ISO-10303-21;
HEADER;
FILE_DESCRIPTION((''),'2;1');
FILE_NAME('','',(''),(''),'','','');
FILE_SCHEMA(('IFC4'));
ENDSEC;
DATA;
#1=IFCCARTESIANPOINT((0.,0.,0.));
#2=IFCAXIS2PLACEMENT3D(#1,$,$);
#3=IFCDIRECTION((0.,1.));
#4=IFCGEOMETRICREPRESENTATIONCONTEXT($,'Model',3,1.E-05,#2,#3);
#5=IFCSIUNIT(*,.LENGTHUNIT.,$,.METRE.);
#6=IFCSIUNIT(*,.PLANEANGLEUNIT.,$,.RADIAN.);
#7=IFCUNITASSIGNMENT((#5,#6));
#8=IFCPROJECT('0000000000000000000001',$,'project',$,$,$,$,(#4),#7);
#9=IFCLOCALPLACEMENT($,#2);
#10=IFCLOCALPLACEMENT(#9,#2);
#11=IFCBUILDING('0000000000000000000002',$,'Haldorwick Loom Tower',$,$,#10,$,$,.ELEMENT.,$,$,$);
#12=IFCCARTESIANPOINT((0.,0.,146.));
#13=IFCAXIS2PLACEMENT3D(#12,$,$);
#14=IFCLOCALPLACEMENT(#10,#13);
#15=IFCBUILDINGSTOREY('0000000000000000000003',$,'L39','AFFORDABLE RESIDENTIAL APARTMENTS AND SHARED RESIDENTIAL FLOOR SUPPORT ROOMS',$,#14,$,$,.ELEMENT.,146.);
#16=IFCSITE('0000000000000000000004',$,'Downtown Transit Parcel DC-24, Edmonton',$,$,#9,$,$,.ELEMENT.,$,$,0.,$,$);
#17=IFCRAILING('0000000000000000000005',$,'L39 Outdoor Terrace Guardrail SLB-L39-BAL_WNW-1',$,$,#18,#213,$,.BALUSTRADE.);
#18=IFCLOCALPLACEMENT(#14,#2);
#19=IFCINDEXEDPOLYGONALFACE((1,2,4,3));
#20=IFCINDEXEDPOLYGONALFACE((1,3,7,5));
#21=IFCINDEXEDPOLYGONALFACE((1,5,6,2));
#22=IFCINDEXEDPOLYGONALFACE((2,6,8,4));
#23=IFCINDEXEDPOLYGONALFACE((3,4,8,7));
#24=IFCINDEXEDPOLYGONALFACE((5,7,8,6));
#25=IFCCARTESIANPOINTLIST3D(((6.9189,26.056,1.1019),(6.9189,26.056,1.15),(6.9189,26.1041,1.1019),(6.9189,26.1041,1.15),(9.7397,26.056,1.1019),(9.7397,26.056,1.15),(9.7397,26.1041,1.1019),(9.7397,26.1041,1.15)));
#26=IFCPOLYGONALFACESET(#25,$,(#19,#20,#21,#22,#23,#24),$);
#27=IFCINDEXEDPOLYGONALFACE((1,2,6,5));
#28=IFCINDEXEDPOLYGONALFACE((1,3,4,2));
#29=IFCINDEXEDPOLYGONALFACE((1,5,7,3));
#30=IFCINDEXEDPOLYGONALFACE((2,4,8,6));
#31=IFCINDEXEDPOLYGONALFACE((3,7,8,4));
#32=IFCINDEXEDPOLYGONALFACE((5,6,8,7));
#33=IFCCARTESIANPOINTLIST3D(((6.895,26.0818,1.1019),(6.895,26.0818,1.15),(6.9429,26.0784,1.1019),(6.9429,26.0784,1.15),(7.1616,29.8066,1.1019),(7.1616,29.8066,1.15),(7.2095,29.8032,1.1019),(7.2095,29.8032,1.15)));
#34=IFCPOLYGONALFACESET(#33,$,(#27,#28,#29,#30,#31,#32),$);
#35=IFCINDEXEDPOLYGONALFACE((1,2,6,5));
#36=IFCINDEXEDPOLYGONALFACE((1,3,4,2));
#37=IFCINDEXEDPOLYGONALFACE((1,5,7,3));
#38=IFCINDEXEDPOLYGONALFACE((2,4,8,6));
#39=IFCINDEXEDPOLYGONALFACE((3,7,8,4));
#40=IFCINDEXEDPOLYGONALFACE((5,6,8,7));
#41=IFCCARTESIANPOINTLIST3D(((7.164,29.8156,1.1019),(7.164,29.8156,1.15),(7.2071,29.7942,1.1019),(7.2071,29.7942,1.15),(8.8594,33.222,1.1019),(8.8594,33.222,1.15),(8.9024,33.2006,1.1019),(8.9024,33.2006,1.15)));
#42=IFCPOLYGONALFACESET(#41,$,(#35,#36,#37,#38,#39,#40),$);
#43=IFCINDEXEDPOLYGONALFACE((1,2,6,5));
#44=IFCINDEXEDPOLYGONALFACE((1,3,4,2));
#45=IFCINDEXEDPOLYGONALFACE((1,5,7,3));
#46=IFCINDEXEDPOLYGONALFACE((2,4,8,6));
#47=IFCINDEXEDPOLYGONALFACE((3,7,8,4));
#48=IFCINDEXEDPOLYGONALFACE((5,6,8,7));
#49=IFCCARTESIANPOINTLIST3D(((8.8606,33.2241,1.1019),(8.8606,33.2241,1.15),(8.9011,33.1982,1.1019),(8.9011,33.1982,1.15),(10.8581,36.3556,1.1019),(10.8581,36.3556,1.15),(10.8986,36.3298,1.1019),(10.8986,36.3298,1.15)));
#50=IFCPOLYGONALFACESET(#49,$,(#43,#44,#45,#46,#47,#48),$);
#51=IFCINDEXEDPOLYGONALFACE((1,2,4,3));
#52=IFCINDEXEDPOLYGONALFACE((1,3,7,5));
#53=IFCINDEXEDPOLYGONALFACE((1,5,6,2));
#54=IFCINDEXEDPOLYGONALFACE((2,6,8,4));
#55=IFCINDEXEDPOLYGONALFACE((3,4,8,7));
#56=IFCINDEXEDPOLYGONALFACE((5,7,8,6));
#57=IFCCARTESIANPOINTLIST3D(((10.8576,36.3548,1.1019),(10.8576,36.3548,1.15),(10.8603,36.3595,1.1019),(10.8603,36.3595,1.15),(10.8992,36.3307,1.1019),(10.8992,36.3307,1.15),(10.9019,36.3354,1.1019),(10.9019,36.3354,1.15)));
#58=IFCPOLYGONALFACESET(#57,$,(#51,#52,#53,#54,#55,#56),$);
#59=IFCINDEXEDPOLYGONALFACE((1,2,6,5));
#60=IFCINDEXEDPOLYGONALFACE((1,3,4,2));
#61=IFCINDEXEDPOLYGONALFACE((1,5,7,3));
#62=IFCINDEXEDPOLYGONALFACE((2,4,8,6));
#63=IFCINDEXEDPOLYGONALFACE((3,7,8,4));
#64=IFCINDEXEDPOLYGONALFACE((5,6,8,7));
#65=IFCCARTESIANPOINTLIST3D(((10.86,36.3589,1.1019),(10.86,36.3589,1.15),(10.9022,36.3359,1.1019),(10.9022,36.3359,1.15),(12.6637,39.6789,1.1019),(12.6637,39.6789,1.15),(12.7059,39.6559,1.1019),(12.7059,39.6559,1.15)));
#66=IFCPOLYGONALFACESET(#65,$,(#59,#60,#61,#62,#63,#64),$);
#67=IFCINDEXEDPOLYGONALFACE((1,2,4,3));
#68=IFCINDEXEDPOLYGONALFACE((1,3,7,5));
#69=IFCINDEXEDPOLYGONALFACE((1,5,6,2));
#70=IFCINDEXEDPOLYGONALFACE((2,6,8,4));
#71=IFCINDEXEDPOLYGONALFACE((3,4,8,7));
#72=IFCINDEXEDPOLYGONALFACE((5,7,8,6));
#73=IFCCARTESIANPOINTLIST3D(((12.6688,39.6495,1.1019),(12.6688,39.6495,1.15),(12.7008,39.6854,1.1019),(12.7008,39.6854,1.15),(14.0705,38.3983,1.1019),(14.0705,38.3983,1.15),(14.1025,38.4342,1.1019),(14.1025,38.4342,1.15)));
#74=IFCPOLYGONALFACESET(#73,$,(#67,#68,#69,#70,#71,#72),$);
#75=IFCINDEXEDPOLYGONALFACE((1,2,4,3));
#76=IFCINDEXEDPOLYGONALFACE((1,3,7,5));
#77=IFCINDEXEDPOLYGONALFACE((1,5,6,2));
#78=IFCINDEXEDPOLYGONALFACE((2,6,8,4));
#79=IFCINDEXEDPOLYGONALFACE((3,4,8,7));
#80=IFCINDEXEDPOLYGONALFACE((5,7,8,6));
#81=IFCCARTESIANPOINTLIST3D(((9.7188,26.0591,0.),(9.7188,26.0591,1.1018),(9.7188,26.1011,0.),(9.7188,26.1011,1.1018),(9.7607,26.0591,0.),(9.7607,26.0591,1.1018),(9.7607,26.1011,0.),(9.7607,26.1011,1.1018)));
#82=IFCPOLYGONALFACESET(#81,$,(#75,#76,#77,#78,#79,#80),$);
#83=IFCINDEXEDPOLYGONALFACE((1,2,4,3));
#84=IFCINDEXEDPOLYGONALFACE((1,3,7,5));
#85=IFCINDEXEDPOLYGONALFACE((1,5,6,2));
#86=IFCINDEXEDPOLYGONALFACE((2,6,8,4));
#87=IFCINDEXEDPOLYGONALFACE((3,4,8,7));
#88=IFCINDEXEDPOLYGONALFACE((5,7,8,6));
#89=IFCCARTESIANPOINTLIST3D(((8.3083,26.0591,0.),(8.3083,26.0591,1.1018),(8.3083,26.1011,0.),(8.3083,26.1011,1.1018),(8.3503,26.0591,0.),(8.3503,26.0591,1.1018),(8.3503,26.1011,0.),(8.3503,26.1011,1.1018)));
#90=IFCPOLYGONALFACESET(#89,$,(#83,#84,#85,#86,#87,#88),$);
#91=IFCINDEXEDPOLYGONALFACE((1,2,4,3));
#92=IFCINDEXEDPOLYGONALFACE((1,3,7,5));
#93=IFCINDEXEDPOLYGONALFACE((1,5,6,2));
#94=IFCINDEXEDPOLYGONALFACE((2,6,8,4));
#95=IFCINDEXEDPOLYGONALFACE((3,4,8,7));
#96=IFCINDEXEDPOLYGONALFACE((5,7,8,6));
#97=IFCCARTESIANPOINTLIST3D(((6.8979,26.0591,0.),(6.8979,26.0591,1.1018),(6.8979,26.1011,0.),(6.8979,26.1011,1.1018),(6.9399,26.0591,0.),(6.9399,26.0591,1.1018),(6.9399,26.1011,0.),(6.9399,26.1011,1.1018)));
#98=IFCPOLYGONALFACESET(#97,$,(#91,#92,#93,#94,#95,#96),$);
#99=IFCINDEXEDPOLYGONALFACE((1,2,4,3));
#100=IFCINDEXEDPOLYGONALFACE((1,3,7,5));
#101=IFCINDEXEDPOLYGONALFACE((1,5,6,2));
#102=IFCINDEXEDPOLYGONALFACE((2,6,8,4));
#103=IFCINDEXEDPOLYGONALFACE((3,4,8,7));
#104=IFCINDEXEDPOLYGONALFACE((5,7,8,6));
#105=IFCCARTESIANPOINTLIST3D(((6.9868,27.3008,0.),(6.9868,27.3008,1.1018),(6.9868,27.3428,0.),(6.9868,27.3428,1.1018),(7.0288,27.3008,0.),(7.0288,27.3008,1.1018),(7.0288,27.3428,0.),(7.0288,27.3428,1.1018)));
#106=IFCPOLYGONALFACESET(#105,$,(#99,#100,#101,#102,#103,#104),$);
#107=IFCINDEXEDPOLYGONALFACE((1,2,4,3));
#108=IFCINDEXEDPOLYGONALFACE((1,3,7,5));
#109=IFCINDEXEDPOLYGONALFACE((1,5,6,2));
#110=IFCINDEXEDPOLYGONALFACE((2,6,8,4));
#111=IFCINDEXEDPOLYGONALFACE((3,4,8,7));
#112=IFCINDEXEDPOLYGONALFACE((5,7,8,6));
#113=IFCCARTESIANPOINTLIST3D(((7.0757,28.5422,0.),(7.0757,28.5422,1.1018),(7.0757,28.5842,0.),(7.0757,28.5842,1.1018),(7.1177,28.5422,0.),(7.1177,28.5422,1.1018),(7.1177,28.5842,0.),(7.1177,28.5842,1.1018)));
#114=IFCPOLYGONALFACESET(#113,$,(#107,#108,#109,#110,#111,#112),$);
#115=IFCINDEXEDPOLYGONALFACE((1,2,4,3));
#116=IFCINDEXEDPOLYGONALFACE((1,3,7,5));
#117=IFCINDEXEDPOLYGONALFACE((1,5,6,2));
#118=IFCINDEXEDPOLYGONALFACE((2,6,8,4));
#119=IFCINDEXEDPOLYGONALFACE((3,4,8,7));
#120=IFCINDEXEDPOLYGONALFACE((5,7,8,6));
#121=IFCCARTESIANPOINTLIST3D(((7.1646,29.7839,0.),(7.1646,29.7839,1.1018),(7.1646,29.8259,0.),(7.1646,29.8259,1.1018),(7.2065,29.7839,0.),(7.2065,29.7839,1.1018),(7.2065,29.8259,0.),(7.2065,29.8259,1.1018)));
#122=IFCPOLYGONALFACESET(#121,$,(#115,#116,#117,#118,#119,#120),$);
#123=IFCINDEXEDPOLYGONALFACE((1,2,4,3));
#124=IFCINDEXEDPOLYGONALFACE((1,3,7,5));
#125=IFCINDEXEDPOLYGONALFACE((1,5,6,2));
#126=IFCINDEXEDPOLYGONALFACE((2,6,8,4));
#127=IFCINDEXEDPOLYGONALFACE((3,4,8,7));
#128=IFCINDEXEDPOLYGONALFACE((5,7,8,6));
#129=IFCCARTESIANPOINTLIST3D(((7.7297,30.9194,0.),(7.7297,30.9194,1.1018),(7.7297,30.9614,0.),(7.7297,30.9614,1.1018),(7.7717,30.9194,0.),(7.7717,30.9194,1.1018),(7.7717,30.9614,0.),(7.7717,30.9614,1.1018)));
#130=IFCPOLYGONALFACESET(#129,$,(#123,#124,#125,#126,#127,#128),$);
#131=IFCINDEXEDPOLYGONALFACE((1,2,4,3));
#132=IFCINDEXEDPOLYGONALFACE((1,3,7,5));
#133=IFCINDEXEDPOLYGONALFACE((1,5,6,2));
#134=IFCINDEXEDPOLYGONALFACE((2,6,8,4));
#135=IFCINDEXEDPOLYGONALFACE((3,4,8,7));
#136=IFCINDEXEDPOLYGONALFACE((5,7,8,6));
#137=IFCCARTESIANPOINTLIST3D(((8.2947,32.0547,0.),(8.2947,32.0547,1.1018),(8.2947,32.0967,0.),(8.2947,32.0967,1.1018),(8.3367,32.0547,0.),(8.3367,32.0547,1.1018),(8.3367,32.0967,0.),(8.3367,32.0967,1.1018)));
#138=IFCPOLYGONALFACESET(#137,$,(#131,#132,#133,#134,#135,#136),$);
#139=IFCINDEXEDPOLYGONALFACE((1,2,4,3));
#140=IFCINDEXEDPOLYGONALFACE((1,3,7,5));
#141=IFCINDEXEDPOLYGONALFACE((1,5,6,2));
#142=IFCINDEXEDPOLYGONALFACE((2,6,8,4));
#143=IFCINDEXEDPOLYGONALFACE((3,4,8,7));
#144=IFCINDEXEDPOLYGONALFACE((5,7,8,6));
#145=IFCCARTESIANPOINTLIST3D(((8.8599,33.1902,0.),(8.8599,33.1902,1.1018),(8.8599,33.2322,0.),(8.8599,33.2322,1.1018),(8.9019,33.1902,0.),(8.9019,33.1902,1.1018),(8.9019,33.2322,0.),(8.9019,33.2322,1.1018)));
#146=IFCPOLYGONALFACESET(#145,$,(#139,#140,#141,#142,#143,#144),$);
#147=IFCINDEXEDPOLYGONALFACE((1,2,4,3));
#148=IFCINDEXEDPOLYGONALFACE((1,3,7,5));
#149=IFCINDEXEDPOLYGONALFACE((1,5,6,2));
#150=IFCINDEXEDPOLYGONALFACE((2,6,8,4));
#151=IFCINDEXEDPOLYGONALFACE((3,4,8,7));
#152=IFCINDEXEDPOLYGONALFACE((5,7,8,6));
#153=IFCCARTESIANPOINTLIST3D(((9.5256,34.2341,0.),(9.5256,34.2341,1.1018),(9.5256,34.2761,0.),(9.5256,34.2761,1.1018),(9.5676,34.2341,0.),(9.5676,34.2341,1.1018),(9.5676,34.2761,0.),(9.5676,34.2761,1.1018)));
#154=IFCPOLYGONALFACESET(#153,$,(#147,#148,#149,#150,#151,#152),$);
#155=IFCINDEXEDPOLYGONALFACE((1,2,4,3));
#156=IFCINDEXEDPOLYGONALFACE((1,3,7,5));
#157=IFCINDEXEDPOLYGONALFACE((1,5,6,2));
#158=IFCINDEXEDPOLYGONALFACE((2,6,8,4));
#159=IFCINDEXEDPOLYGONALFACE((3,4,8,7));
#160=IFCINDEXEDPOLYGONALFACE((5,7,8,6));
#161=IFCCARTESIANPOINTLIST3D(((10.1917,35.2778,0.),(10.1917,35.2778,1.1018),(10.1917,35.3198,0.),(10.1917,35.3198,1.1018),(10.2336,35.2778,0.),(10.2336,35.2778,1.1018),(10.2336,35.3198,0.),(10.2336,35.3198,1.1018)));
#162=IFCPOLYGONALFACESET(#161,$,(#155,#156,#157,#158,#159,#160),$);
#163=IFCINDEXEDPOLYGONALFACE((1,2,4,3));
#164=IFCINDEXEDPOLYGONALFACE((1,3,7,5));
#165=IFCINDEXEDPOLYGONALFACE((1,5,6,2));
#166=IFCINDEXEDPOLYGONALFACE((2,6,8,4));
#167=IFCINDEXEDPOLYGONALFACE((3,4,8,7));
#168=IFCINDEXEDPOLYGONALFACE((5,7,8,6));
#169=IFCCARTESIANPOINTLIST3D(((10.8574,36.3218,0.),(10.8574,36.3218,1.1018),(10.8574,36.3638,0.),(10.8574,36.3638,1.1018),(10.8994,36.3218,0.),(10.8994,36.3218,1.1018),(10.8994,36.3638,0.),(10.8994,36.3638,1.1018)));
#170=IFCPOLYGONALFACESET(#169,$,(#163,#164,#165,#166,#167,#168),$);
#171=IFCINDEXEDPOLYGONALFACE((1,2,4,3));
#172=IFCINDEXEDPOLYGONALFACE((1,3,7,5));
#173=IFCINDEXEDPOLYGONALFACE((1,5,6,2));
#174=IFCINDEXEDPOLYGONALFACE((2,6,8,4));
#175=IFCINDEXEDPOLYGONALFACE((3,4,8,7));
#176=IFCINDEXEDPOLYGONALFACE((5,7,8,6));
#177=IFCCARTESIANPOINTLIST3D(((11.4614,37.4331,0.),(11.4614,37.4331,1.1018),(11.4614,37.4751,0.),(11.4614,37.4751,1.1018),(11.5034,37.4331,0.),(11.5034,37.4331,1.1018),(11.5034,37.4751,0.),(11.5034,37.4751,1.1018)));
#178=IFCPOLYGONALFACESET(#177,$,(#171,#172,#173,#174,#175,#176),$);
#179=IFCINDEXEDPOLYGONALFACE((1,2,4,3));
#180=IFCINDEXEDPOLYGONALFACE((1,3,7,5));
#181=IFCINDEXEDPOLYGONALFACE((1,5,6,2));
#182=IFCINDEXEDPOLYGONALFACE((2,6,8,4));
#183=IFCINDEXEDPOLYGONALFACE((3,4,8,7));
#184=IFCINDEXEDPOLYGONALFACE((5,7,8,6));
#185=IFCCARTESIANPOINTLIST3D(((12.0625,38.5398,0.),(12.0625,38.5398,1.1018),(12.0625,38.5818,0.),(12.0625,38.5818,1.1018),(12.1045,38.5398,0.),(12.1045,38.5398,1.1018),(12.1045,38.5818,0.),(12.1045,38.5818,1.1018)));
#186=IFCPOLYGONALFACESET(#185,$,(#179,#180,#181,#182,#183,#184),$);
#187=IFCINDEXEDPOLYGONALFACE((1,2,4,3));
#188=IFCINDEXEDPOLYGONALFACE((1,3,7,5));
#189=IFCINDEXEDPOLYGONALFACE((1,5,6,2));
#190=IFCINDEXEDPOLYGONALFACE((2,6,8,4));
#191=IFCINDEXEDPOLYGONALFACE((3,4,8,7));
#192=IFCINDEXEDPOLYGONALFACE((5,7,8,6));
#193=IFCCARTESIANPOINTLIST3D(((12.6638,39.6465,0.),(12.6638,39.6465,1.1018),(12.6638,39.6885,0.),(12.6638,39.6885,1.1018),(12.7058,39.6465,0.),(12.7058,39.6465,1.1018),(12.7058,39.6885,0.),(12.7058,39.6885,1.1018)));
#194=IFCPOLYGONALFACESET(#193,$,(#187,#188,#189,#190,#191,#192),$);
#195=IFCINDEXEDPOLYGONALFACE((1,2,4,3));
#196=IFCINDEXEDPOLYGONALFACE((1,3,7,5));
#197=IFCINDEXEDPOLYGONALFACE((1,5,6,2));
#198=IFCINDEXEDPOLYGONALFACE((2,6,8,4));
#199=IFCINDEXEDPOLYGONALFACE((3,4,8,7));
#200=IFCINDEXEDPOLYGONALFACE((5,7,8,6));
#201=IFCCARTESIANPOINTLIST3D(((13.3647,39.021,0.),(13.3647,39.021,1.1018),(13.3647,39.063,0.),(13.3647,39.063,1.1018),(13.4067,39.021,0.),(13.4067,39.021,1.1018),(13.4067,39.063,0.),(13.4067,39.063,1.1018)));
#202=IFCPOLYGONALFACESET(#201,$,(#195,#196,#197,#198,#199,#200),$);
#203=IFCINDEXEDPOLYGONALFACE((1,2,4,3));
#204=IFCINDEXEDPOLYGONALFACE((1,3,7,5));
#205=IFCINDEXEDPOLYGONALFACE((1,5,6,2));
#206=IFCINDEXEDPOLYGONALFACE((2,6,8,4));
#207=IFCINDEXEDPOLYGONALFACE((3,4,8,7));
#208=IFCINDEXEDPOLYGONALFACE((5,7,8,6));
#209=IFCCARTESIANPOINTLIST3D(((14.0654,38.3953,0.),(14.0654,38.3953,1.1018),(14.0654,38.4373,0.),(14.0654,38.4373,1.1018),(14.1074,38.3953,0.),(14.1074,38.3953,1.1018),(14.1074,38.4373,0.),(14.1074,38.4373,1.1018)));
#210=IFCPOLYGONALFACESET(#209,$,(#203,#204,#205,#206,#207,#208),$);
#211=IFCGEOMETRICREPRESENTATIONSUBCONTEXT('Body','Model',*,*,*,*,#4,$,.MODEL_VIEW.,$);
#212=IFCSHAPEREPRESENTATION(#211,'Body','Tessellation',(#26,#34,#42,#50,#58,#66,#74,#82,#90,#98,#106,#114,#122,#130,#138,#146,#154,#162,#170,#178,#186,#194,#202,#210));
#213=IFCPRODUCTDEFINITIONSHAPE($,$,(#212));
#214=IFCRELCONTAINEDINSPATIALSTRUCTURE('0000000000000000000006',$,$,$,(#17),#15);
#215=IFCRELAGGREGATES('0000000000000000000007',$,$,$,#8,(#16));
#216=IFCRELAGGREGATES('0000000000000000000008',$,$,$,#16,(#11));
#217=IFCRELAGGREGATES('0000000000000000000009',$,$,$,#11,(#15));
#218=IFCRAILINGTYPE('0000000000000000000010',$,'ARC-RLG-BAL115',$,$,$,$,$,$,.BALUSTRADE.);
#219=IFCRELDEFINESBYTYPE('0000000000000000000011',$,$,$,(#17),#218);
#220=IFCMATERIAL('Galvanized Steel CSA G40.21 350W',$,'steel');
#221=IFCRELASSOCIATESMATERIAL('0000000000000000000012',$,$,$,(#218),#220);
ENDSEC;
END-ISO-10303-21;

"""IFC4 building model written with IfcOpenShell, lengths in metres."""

from ifc_helpers import new_model, si_unit, direction, frame, origin, origin_2d, place, context, subcontext, project, spatial, rectangle, extrude, material, type_object, element, save


model = new_model("IFC4")

# Units and contexts
model_context = context("Model", 3, precision=1e-05, world=origin(), true_north=direction((0.0, 1.0)))
body_context = subcontext(model_context, "Body", "Model", "MODEL_VIEW")
ifc_project = project(units=[si_unit("LENGTHUNIT", "METRE"), si_unit("PLANEANGLEUNIT", "RADIAN")], contexts=[model_context])

# Site, building, storey
site_placement = place(None, origin())
site = spatial("IfcSite", under=ifc_project, at=site_placement, Name="Downtown Transit Parcel DC-24, Edmonton", CompositionType="ELEMENT", RefElevation=0.0)
building_placement = place(site_placement, origin())
building = spatial("IfcBuilding", under=site, at=building_placement, Name="Haldorwick Loom Tower", CompositionType="ELEMENT")
storey_placement = place(building_placement, frame((0.0, 0.0, 146.0)))
storey = spatial("IfcBuildingStorey", under=building, at=storey_placement, Name="L39", Description="AFFORDABLE RESIDENTIAL APARTMENTS AND SHARED RESIDENTIAL FLOOR SUPPORT ROOMS", CompositionType="ELEMENT", Elevation=146.0)

# Railing
ifc_material_1 = material(Name="Galvanized Steel CSA G40.21 350W", Category="steel")
railing_type = type_object("IfcRailingType", Name="ARC-RLG-BAL115", PredefinedType="BALUSTRADE", material=ifc_material_1)
railing_placement = place(storey_placement, frame((9.7397, 26.0801, 0.0)))
element("IfcRailing", 1, at=railing_placement, inside=storey, type_object=railing_type, Name="L39 Outdoor Terrace Guardrail SLB-L39-BAL_WNW-1", PredefinedType="BALUSTRADE", context=body_context, shape_type="SweptSolid", body=[
    extrude(rectangle(XDim=0.0481, YDim=0.0481, at=origin_2d()), frame((0.0, 0.0, 1.126), z_axis=(-1.0, 0.0, 0.0), x_axis=(0.0, -1.0, 0.0)), (0.0, 0.0, 1.0), 2.8208),
    extrude(rectangle(XDim=0.0481, YDim=0.0481, at=origin_2d()), frame((-2.8208, 0.0, 1.126), z_axis=(0.071391, 0.997448, 0.0), x_axis=(-0.997448, 0.071391, 0.0)), (0.0, 0.0, 1.0), 3.7344),
    extrude(rectangle(XDim=0.0481, YDim=0.0481, at=origin_2d()), frame((-2.5542, 3.7249, 1.126), z_axis=(0.44557, 0.895247, 0.0), x_axis=(-0.895247, 0.44557, 0.0)), (0.0, 0.0, 1.0), 3.8049),
    extrude(rectangle(XDim=0.0481, YDim=0.0481, at=origin_2d()), frame((-0.8589, 7.1311, 1.126), z_axis=(0.537781, 0.843085, 0.0), x_axis=(-0.843085, 0.537781, 0.0)), (0.0, 0.0, 1.0), 3.7144),
    extrude(rectangle(XDim=0.0481, YDim=0.0481, at=origin_2d()), frame((1.1387, 10.2627, 1.126), z_axis=(0.501036, 0.865426, 0.0), x_axis=(-0.865426, 0.501036, 0.0)), (0.0, 0.0, 1.0), 0.0054),
    extrude(rectangle(XDim=0.0481, YDim=0.0481, at=origin_2d()), frame((1.1414, 10.2673, 1.126), z_axis=(0.477376, 0.878699, 0.0), x_axis=(-0.878699, 0.477376, 0.0)), (0.0, 0.0, 1.0), 3.7783),
    extrude(rectangle(XDim=0.0481, YDim=0.0481, at=origin_2d()), frame((2.9451, 13.5874, 1.126), z_axis=(0.745995, -0.665951, 0.0), x_axis=(0.665951, 0.745995, 0.0)), (0.0, 0.0, 1.0), 1.8789),
    extrude(rectangle(XDim=0.042, YDim=0.042, at=origin_2d()), origin(), (0.0, 0.0, 1.0), 1.1018),
    extrude(rectangle(XDim=0.042, YDim=0.042, at=origin_2d()), frame((-1.4104, 0.0, 0.0)), (0.0, 0.0, 1.0), 1.1018),
    extrude(rectangle(XDim=0.042, YDim=0.042, at=origin_2d()), frame((-2.8208, 0.0, 0.0)), (0.0, 0.0, 1.0), 1.1018),
    extrude(rectangle(XDim=0.042, YDim=0.042, at=origin_2d()), frame((-2.7319, 1.2417, 0.0)), (0.0, 0.0, 1.0), 1.1018),
    extrude(rectangle(XDim=0.042, YDim=0.042, at=origin_2d()), frame((-2.6431, 2.4832, 0.0)), (0.0, 0.0, 1.0), 1.1018),
    extrude(rectangle(XDim=0.042, YDim=0.042, at=origin_2d()), frame((-2.5542, 3.7249, 0.0)), (0.0, 0.0, 1.0), 1.1018),
    extrude(rectangle(XDim=0.042, YDim=0.042, at=origin_2d()), frame((-1.989, 4.8604, 0.0)), (0.0, 0.0, 1.0), 1.1018),
    extrude(rectangle(XDim=0.042, YDim=0.042, at=origin_2d()), frame((-1.4241, 5.9956, 0.0)), (0.0, 0.0, 1.0), 1.1018),
    extrude(rectangle(XDim=0.042, YDim=0.042, at=origin_2d()), frame((-0.8589, 7.1311, 0.0)), (0.0, 0.0, 1.0), 1.1018),
    extrude(rectangle(XDim=0.042, YDim=0.042, at=origin_2d()), frame((-0.1931, 8.175, 0.0)), (0.0, 0.0, 1.0), 1.1018),
    extrude(rectangle(XDim=0.042, YDim=0.042, at=origin_2d()), frame((0.4729, 9.2188, 0.0)), (0.0, 0.0, 1.0), 1.1018),
    extrude(rectangle(XDim=0.042, YDim=0.042, at=origin_2d()), frame((1.1387, 10.2627, 0.0)), (0.0, 0.0, 1.0), 1.1018),
    extrude(rectangle(XDim=0.042, YDim=0.042, at=origin_2d()), frame((1.7427, 11.374, 0.0)), (0.0, 0.0, 1.0), 1.1018),
    extrude(rectangle(XDim=0.042, YDim=0.042, at=origin_2d()), frame((2.3438, 12.4807, 0.0)), (0.0, 0.0, 1.0), 1.1018),
    extrude(rectangle(XDim=0.042, YDim=0.042, at=origin_2d()), frame((2.9451, 13.5874, 0.0)), (0.0, 0.0, 1.0), 1.1018),
    extrude(rectangle(XDim=0.042, YDim=0.042, at=origin_2d()), frame((3.646, 12.9619, 0.0)), (0.0, 0.0, 1.0), 1.1018),
    extrude(rectangle(XDim=0.042, YDim=0.042, at=origin_2d()), frame((4.3467, 12.3362, 0.0)), (0.0, 0.0, 1.0), 1.1018),
])

save(model, "model.ifc")
